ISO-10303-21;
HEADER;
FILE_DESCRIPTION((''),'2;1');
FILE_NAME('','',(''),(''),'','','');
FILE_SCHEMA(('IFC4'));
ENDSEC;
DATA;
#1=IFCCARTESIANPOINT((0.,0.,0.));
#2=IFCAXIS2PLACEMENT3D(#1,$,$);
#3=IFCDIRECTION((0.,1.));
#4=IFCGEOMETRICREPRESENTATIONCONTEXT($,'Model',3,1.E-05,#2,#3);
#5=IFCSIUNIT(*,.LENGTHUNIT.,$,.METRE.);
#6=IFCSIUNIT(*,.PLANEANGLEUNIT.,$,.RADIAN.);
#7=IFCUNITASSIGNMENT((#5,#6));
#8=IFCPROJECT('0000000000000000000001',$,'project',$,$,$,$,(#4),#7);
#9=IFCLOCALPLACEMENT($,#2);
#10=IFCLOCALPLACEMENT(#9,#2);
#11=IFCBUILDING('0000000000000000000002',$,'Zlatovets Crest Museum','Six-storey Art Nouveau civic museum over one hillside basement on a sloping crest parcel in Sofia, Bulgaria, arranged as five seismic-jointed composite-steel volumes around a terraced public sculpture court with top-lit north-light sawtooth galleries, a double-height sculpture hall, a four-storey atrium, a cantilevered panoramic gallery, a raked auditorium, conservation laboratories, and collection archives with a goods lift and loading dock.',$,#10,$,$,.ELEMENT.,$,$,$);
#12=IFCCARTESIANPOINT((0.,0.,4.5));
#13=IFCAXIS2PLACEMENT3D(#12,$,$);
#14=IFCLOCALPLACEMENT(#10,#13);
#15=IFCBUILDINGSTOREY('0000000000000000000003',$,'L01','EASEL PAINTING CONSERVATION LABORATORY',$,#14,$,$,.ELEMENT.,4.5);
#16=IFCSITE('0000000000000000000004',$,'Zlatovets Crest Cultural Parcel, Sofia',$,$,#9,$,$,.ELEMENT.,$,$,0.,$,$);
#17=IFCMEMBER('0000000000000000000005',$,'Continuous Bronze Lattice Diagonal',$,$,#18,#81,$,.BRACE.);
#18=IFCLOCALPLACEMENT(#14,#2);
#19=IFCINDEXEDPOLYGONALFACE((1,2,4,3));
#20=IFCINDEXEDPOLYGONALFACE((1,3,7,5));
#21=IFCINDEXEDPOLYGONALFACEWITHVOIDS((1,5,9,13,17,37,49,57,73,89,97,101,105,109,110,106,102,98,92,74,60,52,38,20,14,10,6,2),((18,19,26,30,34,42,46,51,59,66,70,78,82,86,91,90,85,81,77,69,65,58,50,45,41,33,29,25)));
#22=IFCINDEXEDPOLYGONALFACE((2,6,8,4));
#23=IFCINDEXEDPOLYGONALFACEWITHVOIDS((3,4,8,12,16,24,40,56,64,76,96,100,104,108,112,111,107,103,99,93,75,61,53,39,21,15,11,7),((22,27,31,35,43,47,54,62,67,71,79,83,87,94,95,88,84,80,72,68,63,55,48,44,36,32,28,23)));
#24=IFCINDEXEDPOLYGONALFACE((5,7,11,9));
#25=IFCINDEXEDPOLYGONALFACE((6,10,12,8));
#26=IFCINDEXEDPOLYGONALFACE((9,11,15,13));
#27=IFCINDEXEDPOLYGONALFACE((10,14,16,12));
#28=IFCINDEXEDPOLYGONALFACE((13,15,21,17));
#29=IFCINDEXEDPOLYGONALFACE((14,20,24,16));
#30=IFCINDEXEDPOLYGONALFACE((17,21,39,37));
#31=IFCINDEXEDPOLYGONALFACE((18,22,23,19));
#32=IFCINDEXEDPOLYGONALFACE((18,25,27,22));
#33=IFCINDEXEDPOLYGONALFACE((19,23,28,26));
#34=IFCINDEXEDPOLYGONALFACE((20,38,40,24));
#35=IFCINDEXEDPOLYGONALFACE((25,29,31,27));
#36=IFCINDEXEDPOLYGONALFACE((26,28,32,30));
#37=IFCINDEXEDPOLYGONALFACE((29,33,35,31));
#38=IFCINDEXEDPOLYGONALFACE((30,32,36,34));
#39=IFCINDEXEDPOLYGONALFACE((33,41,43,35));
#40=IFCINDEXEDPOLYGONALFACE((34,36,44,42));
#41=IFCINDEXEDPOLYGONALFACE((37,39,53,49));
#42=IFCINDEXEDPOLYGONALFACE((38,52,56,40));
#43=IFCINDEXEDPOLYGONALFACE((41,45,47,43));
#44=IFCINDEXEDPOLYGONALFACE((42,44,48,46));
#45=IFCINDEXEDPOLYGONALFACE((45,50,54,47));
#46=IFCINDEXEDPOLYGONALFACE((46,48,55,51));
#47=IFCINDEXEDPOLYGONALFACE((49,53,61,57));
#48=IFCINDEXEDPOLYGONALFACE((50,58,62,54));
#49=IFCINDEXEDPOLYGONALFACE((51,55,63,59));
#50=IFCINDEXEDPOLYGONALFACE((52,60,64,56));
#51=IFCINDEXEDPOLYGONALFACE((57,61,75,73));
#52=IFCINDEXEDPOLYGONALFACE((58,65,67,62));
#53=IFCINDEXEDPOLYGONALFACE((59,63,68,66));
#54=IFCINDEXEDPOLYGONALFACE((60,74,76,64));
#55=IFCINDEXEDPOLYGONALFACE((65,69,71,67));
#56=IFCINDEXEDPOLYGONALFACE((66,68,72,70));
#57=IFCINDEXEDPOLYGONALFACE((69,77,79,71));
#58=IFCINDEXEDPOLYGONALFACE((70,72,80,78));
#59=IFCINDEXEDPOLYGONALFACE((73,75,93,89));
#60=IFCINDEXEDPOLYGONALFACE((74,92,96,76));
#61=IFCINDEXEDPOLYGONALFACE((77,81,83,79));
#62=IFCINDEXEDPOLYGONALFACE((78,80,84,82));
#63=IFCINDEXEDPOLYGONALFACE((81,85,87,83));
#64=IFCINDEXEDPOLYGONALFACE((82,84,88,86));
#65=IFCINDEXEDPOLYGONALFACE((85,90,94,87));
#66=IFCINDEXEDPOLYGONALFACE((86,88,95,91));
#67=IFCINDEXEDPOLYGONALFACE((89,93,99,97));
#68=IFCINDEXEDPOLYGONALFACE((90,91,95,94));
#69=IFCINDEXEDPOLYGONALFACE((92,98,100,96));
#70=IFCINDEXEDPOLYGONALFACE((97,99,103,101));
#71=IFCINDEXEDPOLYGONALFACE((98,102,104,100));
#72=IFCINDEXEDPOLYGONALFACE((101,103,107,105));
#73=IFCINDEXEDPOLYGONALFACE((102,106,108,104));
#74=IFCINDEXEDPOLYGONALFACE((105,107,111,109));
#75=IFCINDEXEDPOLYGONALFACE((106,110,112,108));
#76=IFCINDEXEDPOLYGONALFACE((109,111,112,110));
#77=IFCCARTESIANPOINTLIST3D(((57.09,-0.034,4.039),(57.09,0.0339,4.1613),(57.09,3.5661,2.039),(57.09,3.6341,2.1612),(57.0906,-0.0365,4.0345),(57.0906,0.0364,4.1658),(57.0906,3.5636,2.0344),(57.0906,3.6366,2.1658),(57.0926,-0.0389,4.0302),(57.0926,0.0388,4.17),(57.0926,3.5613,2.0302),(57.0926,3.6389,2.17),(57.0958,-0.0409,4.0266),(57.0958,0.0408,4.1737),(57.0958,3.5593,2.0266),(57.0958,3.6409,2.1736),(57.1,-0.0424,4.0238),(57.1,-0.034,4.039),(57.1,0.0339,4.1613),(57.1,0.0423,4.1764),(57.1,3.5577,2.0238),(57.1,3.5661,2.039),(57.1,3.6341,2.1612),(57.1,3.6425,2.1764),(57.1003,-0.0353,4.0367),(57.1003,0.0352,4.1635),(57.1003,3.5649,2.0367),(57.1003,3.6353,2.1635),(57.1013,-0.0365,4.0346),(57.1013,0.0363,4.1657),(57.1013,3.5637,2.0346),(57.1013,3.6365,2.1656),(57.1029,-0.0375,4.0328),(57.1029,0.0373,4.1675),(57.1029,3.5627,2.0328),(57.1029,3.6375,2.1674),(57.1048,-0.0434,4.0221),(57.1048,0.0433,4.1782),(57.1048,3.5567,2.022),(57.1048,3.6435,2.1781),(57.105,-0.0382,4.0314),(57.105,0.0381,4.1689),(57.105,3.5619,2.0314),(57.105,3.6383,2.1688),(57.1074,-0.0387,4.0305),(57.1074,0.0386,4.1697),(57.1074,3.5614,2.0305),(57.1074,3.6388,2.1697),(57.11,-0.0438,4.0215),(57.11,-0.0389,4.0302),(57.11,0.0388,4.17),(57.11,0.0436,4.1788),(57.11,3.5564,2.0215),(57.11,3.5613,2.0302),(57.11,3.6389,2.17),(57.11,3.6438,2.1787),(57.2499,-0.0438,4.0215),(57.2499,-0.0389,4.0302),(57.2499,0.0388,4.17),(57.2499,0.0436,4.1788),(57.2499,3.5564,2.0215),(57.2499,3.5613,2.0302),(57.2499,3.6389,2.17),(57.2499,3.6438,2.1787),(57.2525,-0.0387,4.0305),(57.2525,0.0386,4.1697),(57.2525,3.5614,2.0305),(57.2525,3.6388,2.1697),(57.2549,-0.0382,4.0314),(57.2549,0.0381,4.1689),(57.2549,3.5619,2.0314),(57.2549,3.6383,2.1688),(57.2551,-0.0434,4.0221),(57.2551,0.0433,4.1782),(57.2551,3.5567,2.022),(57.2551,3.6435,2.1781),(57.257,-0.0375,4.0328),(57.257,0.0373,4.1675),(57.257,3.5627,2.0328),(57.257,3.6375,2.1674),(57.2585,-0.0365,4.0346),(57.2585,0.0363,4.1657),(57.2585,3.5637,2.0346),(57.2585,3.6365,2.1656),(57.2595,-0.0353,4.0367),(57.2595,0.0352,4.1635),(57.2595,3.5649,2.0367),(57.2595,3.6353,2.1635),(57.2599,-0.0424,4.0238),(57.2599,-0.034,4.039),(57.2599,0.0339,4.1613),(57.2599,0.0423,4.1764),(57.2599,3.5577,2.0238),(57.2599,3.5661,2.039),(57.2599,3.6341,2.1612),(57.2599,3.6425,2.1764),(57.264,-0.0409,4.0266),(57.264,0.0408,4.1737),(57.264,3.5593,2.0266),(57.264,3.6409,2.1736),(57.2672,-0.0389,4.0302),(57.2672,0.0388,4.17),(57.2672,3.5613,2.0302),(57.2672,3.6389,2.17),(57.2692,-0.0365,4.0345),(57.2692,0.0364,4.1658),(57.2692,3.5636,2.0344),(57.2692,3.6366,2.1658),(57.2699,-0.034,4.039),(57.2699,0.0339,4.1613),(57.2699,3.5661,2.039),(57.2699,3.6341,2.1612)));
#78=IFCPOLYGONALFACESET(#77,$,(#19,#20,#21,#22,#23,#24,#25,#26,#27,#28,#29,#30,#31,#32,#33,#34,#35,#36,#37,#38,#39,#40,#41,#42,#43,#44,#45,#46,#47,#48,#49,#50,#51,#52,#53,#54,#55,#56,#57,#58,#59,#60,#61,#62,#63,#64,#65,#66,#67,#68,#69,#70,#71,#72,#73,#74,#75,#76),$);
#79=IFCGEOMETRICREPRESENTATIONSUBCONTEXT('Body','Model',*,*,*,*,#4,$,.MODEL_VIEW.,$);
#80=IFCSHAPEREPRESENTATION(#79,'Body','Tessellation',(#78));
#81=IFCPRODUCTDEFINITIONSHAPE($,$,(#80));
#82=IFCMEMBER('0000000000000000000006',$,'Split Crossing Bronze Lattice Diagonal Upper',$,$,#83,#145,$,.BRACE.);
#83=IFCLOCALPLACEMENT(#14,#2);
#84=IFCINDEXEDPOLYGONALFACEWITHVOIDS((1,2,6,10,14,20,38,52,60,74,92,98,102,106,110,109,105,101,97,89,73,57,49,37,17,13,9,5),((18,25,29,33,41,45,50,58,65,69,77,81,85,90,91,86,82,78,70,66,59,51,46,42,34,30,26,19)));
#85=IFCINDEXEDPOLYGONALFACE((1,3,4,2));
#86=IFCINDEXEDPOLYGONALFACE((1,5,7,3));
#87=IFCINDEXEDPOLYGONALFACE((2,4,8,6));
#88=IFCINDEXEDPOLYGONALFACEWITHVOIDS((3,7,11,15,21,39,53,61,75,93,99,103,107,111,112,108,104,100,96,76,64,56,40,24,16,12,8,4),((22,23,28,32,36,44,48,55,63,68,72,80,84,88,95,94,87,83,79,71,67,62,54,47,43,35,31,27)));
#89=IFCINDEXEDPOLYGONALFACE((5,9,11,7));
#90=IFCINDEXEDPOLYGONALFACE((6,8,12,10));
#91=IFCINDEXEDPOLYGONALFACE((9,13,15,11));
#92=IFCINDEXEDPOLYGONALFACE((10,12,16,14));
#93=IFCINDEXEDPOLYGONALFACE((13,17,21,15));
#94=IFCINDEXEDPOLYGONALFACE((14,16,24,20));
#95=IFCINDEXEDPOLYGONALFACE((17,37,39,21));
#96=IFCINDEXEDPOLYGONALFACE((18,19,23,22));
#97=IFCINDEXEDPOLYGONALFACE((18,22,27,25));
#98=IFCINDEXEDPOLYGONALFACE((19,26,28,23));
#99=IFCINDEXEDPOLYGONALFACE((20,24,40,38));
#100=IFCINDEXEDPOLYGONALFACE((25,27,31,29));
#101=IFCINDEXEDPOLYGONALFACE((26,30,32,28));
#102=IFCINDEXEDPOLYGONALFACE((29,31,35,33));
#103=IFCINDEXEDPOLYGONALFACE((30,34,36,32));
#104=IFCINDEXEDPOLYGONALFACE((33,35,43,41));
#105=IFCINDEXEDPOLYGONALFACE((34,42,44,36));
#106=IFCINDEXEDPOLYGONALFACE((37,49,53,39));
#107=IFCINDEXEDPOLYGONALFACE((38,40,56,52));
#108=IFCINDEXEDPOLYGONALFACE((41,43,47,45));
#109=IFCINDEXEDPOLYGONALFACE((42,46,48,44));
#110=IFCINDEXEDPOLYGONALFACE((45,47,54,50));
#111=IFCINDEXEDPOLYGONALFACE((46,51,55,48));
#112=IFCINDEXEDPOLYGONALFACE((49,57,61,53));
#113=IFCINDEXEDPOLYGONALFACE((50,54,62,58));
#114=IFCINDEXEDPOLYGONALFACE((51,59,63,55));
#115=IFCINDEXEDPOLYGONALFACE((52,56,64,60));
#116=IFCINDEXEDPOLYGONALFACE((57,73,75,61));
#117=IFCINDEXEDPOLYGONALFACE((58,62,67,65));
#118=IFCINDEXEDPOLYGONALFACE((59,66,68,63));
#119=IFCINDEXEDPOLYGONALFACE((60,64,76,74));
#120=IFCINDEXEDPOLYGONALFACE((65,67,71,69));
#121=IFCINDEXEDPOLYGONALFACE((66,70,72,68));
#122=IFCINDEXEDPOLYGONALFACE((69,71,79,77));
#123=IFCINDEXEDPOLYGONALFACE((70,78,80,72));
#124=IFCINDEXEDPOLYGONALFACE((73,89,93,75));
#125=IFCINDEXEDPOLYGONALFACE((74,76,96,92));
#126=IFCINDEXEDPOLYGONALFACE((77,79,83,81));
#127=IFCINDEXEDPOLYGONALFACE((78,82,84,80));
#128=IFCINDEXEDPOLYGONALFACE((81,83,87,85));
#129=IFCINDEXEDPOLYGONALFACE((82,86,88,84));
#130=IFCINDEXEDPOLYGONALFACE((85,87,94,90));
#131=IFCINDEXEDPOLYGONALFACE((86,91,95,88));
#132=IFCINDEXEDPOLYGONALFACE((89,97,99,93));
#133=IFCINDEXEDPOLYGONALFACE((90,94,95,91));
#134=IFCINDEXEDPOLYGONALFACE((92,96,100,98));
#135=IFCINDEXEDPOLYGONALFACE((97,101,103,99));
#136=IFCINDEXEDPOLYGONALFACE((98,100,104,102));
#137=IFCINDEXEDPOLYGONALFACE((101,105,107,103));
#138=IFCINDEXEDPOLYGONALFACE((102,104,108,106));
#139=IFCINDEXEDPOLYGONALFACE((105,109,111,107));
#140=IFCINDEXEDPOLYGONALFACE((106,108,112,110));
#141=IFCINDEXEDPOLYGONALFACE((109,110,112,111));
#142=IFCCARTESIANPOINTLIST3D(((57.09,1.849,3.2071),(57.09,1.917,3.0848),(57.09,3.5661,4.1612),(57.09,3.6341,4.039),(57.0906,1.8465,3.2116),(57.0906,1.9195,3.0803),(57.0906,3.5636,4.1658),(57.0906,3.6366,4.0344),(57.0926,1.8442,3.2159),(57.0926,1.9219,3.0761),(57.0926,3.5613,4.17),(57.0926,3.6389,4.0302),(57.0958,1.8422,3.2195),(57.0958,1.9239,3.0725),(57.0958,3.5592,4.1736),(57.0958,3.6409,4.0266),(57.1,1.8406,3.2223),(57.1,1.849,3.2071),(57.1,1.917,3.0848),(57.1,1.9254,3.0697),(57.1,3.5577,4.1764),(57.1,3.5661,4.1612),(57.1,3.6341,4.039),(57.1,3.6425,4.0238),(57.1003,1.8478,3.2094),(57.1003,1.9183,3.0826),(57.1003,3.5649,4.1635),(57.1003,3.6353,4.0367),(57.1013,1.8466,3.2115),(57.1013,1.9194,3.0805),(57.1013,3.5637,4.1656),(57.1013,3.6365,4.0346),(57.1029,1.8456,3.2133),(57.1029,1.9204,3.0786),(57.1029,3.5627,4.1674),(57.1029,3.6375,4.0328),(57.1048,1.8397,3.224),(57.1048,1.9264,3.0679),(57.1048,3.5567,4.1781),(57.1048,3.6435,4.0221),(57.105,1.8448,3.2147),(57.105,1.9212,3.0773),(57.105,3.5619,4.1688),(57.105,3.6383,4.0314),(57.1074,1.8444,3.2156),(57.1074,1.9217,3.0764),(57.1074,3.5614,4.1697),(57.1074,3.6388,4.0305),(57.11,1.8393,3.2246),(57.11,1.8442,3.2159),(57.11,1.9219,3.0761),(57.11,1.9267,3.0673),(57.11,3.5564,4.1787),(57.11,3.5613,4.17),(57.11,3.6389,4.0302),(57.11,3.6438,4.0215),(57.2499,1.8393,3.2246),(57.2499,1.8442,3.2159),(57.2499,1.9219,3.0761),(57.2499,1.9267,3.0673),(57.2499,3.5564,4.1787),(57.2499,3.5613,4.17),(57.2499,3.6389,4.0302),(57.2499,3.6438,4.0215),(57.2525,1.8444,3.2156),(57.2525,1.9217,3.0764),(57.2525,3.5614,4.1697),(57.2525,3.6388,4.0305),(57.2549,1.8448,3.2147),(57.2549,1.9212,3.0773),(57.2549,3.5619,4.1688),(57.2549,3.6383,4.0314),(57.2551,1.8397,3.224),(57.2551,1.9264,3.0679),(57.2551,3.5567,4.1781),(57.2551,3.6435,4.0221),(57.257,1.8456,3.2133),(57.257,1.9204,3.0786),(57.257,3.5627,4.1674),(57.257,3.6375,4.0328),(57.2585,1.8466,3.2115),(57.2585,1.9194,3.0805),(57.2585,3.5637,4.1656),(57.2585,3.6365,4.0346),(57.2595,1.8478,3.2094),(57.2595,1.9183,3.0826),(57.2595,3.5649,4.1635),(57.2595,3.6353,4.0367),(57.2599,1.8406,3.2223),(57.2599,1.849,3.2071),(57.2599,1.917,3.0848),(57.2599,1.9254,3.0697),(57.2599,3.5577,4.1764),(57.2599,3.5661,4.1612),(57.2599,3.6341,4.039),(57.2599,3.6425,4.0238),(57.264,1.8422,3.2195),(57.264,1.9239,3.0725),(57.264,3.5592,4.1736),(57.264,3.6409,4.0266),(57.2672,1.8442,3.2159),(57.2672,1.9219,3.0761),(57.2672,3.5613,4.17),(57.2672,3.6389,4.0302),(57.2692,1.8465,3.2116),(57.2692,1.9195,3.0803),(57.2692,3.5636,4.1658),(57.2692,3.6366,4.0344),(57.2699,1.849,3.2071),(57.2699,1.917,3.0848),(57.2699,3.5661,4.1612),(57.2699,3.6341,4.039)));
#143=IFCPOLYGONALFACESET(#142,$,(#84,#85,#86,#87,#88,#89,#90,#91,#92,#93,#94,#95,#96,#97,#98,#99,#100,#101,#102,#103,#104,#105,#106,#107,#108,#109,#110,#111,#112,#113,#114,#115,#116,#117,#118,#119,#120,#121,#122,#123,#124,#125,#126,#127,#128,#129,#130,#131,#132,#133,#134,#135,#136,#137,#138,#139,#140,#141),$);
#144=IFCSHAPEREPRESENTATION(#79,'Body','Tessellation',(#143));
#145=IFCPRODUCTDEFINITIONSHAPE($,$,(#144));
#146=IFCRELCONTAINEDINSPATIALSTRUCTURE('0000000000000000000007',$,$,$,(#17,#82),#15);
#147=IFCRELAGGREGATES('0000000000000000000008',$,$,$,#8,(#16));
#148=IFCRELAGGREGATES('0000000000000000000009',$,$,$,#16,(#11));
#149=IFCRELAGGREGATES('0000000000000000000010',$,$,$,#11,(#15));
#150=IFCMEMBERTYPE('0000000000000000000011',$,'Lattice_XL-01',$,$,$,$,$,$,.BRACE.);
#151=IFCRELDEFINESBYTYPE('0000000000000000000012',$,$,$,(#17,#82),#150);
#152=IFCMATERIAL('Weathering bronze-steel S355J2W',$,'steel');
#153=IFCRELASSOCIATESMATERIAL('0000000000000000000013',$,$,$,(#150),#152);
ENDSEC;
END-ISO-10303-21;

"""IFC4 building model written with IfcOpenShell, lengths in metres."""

from ifc_helpers import new_model, si_unit, direction, frame, origin, origin_2d, place, context, subcontext, project, spatial, hollow_rectangle, extrude, material, material_profile, profile_set, type_object, element, save


model = new_model("IFC4")

# Units and contexts
model_context = context("Model", 3, precision=1e-05, world=origin(), true_north=direction((0.0, 1.0)))
body_context = subcontext(model_context, "Body", "Model", "MODEL_VIEW")
ifc_project = project(units=[si_unit("LENGTHUNIT", "METRE"), si_unit("PLANEANGLEUNIT", "RADIAN")], contexts=[model_context])

# Site, building, storey
site_placement = place(None, origin())
site = spatial("IfcSite", under=ifc_project, at=site_placement, Name="Zlatovets Crest Cultural Parcel, Sofia", CompositionType="ELEMENT", RefElevation=0.0)
building_placement = place(site_placement, origin())
building = spatial("IfcBuilding", under=site, at=building_placement, Name="Zlatovets Crest Museum", Description="Six-storey Art Nouveau civic museum over one hillside basement on a sloping crest parcel in Sofia, Bulgaria, arranged as five seismic-jointed composite-steel volumes around a terraced public sculpture court with top-lit north-light sawtooth galleries, a double-height sculpture hall, a four-storey atrium, a cantilevered panoramic gallery, a raked auditorium, conservation laboratories, and collection archives with a goods lift and loading dock.", CompositionType="ELEMENT")
storey_placement = place(building_placement, frame((0.0, 0.0, 4.5)))
storey = spatial("IfcBuildingStorey", under=building, at=storey_placement, Name="L01", Description="EASEL PAINTING CONSERVATION LABORATORY", CompositionType="ELEMENT", Elevation=4.5)

# Members
ifc_material_1 = material(Name="Weathering bronze-steel S355J2W", Category="steel")
ifc_material_profile_1 = material_profile(ifc_material_1, hollow_rectangle(XDim=0.1799, YDim=0.1799, WallThickness=0.01, InnerFilletRadius=0.01, OuterFilletRadius=0.02, at=origin_2d()), Name="SHS 180x180x10.0")
ifc_profile_set_1 = profile_set([ifc_material_profile_1], Name="Weathering bronze-steel S355J2W")
member_type_1 = type_object("IfcMemberType", Name="Lattice_XL-01", PredefinedType="BRACE", material=ifc_profile_set_1)
member_1_placement = place(storey_placement, frame((57.1799, 3.6001, 2.1001), z_axis=(0.0, -0.874163, 0.485633), x_axis=(1.0, 0.0, 0.0)))
element("IfcMember", 1, at=member_1_placement, inside=storey, type_object=member_type_1, Name="Continuous Bronze Lattice Diagonal", PredefinedType="BRACE", context=body_context, shape_type="SweptSolid", body=[
    extrude(hollow_rectangle(XDim=0.1799, YDim=0.1799, WallThickness=0.01, InnerFilletRadius=0.01, OuterFilletRadius=0.02, at=origin_2d()), origin(), (0.0, 0.0, 1.0), 4.1184),
])
member_2_placement = place(storey_placement, frame((57.1799, 3.6001, 4.1001), z_axis=(0.0, -0.874116, -0.485717), x_axis=(1.0, 0.0, 0.0)))
element("IfcMember", 2, at=member_2_placement, inside=storey, type_object=member_type_1, Name="Split Crossing Bronze Lattice Diagonal Upper", PredefinedType="BRACE", context=body_context, shape_type="SweptSolid", body=[
    extrude(hollow_rectangle(XDim=0.1799, YDim=0.1799, WallThickness=0.01, InnerFilletRadius=0.01, OuterFilletRadius=0.02, at=origin_2d()), origin(), (0.0, 0.0, 1.0), 1.9644),
])

save(model, "model.ifc")
